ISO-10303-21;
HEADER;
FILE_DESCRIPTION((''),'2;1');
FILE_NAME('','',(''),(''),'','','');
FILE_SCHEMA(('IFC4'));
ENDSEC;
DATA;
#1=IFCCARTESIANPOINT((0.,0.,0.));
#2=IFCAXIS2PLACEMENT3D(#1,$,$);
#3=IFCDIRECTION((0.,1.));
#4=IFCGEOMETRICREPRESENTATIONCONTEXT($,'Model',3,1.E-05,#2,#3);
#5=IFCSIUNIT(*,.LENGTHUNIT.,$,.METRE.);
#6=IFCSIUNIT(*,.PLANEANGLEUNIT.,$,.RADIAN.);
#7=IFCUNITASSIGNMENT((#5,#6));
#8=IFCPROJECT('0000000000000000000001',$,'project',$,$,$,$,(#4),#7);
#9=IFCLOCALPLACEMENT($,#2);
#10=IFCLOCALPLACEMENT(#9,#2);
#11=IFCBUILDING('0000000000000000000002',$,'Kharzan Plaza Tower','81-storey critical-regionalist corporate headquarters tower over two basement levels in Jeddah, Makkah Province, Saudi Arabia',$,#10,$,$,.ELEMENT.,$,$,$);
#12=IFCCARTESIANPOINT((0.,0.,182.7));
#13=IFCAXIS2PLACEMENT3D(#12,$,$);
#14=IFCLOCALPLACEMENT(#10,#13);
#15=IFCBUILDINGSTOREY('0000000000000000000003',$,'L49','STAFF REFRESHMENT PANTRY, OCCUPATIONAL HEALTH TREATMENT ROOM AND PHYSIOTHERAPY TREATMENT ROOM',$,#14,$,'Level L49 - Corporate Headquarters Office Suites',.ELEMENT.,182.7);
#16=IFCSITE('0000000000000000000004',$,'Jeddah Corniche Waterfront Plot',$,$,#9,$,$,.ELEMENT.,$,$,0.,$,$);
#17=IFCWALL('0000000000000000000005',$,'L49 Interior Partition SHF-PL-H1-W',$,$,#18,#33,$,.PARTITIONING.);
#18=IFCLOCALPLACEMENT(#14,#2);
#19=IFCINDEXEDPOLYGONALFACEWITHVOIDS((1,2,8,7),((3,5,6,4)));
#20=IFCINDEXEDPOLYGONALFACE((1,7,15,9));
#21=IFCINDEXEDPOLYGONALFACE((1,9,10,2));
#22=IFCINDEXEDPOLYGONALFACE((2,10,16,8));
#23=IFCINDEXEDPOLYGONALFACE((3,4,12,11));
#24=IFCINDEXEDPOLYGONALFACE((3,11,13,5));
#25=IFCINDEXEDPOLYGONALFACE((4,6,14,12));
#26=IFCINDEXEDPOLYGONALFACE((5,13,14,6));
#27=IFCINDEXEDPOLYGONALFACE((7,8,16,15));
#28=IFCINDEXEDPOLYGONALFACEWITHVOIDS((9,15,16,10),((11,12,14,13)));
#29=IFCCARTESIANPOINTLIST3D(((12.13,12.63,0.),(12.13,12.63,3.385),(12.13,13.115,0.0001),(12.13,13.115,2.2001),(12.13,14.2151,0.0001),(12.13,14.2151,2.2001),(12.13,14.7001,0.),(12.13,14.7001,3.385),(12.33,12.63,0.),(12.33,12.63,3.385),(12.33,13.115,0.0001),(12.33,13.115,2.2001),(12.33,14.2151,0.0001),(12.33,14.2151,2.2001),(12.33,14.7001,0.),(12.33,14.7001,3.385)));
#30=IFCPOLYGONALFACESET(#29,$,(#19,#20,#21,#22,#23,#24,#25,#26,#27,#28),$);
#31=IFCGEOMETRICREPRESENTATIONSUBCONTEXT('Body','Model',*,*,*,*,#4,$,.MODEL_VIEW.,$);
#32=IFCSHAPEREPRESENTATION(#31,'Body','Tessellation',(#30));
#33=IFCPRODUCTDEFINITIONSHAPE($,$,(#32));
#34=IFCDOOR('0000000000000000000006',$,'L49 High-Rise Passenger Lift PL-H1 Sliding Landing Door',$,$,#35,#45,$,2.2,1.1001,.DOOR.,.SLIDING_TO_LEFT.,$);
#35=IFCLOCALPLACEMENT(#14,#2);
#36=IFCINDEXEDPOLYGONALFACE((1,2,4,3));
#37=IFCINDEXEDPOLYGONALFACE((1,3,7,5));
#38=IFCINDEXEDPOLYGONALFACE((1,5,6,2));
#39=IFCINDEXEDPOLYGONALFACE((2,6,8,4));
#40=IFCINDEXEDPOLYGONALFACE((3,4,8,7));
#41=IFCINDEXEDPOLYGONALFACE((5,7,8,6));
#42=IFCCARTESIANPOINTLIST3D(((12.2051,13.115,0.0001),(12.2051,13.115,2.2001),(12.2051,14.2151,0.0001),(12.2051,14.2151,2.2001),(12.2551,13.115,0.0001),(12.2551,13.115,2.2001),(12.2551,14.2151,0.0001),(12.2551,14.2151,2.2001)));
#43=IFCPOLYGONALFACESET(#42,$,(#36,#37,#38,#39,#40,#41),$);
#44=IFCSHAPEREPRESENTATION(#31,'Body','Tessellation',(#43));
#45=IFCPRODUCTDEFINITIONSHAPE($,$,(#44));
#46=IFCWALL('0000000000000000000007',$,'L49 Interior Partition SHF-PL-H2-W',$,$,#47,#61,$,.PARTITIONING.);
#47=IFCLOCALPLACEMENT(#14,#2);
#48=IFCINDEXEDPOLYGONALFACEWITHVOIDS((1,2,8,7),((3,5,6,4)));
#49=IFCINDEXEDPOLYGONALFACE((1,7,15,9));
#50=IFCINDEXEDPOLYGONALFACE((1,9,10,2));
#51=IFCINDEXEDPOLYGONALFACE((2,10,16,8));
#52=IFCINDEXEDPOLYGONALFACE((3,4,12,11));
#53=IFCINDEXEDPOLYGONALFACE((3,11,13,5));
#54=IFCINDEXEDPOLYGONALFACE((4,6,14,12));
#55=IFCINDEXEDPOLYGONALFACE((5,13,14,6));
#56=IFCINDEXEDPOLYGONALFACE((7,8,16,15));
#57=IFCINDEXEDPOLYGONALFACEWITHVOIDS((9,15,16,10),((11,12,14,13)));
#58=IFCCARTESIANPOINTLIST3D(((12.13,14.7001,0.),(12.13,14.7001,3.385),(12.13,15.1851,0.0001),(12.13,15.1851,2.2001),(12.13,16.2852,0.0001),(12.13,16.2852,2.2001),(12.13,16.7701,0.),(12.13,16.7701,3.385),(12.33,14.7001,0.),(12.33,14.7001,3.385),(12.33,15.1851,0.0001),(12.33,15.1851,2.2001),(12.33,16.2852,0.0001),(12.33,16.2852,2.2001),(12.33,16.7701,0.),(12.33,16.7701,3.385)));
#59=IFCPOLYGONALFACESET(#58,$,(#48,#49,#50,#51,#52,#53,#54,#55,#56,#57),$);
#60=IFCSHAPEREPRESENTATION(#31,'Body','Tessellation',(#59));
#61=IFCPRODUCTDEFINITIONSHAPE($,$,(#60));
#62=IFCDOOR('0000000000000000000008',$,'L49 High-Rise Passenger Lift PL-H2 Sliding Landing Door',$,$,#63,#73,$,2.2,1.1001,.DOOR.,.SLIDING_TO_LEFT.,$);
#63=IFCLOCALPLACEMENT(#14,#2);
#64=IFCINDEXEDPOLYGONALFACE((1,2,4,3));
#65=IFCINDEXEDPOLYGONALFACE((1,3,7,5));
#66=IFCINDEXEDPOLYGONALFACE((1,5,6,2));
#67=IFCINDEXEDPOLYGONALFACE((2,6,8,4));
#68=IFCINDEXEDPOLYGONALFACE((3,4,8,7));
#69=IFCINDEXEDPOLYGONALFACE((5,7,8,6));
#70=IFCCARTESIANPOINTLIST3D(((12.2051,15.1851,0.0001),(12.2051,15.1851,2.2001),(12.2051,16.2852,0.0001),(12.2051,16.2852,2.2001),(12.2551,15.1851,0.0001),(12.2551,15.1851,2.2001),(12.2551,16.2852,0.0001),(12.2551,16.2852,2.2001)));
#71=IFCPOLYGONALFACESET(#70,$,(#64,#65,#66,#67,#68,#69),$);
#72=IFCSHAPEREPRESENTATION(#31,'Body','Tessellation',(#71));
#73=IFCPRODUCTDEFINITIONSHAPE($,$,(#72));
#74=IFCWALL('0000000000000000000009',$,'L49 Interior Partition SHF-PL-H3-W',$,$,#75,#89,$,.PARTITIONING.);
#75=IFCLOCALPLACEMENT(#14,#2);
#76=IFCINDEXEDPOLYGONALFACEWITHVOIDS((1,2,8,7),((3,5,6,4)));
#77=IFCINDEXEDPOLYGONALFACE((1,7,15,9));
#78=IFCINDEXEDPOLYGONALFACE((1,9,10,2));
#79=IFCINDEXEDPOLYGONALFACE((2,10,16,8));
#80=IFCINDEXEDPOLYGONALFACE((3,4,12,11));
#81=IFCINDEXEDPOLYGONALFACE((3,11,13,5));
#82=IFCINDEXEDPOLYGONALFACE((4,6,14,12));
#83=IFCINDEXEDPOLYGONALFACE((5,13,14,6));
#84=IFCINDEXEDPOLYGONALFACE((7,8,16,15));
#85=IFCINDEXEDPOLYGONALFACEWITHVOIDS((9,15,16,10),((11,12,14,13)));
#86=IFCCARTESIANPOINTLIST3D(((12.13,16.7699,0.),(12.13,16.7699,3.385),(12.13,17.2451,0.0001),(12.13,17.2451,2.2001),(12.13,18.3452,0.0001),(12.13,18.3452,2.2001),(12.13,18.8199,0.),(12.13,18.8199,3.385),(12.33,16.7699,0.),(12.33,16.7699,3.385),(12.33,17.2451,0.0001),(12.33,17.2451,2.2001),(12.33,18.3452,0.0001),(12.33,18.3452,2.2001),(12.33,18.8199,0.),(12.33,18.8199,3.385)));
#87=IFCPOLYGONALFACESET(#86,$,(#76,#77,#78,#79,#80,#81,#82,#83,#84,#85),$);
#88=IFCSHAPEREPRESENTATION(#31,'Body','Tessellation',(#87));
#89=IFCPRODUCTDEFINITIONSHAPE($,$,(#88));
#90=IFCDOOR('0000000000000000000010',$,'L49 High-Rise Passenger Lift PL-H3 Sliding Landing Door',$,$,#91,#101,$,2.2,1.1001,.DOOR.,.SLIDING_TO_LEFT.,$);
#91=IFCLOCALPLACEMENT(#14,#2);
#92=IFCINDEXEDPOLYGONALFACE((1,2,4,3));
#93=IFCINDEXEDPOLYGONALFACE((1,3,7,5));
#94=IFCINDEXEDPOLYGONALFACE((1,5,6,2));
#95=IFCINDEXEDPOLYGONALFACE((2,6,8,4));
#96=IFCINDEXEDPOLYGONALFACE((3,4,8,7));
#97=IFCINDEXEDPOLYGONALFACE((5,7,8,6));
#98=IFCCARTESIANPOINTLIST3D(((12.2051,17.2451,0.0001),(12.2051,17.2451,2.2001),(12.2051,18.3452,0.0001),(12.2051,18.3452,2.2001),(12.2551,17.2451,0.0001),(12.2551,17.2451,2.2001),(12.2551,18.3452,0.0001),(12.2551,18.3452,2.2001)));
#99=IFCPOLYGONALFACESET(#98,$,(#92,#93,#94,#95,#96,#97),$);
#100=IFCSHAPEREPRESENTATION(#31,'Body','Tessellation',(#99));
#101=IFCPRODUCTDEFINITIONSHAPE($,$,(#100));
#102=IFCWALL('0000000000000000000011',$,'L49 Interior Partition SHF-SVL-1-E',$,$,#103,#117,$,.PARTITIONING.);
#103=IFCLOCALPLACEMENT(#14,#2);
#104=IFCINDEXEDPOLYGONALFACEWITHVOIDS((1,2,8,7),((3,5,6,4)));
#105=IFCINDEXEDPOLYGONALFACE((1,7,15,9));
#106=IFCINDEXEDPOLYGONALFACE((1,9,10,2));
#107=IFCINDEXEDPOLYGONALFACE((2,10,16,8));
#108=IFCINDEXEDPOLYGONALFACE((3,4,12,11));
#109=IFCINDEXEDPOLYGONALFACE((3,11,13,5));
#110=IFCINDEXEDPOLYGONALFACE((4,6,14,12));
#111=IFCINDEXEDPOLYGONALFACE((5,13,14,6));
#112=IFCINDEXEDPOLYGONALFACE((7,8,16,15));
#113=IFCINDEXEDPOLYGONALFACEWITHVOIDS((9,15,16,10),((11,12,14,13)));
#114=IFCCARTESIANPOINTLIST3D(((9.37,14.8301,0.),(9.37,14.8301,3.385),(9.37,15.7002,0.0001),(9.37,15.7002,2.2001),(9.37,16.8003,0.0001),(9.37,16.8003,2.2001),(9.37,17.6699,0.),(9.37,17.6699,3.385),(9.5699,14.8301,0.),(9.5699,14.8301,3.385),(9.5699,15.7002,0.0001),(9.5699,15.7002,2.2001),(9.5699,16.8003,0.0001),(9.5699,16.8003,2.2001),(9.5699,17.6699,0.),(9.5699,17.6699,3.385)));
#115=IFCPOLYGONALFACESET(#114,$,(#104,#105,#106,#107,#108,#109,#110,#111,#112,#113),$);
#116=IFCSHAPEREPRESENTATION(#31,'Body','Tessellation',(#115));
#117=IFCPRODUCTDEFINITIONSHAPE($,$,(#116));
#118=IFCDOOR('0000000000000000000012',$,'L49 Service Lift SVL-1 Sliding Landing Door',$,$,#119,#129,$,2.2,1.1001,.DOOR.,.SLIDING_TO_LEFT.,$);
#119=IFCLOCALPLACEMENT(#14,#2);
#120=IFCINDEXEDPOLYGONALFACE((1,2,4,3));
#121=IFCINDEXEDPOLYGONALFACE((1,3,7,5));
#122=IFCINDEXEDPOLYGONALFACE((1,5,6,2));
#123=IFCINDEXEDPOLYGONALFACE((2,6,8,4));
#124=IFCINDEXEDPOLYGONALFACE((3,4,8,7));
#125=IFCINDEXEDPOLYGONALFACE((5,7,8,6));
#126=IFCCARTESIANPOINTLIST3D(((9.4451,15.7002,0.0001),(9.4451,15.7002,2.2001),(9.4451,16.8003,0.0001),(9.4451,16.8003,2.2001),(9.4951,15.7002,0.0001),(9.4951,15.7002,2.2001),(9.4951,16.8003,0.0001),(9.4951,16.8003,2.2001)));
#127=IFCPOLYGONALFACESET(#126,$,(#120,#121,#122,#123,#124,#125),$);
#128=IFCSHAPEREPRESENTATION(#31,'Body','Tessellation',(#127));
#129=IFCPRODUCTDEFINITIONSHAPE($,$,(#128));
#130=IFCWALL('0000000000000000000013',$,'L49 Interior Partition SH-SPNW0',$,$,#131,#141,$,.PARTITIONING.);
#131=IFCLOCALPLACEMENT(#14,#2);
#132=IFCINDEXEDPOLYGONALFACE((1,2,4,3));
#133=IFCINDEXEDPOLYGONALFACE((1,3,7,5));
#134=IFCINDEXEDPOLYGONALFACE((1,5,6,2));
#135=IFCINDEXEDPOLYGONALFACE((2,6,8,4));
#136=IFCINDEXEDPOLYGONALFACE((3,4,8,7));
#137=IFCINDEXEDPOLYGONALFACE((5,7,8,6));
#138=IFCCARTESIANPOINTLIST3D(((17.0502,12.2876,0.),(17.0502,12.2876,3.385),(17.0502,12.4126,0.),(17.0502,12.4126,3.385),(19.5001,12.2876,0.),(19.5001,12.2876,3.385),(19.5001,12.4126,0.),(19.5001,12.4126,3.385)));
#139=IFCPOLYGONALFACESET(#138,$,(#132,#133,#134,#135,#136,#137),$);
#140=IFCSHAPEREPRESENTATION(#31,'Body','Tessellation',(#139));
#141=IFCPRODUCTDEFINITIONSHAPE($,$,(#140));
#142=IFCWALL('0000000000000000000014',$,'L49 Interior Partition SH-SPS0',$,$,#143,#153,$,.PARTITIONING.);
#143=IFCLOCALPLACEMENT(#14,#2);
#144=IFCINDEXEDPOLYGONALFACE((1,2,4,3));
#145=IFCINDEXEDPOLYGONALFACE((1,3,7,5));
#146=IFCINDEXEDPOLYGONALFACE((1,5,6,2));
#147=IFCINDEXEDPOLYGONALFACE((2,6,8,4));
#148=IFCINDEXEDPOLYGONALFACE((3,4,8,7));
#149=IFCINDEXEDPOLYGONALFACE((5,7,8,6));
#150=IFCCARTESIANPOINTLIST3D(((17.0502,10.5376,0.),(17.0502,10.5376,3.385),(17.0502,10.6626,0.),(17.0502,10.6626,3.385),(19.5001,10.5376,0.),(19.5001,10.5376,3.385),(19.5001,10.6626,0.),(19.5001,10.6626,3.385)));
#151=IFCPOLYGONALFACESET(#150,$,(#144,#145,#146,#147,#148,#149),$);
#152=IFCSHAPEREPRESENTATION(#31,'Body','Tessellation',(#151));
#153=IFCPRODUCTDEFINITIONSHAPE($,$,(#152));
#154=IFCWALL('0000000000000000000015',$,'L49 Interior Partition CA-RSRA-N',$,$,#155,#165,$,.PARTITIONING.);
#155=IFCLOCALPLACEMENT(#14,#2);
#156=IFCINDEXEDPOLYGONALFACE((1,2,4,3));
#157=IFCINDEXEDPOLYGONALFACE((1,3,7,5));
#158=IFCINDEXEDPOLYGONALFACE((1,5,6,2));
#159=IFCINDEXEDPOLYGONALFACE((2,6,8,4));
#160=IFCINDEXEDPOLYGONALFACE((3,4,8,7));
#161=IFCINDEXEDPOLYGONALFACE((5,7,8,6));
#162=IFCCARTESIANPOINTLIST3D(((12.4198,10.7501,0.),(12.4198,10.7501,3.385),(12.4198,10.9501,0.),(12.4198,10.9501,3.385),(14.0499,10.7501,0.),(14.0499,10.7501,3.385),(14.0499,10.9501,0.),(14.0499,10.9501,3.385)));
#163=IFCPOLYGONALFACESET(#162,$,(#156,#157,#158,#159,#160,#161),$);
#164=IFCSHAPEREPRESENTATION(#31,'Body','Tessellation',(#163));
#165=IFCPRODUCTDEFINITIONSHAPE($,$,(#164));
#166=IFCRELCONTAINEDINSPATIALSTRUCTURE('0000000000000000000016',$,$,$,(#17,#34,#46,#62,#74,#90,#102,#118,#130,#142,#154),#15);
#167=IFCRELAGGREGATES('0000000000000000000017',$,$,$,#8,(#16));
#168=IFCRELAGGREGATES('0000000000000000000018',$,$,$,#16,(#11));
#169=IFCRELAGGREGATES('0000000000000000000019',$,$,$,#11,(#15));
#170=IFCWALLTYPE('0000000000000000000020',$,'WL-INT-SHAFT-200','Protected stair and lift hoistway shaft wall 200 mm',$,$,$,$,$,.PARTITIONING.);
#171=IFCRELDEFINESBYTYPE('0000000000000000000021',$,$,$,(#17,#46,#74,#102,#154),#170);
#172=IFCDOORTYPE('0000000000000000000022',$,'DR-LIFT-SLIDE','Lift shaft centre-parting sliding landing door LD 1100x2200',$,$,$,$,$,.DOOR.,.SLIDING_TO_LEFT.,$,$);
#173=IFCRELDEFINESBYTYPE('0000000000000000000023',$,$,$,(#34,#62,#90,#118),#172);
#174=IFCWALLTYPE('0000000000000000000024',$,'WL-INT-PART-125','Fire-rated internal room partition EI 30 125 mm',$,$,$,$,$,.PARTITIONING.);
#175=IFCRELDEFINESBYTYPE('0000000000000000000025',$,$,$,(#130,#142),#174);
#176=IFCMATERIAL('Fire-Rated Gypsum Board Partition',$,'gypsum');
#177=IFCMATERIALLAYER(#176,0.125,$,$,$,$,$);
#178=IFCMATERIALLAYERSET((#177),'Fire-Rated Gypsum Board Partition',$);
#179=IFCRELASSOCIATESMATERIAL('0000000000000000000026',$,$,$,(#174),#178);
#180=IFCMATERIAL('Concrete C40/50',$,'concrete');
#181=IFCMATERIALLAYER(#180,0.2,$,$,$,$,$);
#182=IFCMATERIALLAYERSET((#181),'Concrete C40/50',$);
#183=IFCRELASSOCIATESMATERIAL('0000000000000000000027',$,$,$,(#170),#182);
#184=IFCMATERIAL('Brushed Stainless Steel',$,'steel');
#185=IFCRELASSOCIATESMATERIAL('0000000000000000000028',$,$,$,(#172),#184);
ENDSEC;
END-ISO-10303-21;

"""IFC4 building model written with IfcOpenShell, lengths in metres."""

from ifc_helpers import new_model, si_unit, direction, frame, frame_2d, origin, place, context, subcontext, project, spatial, rectangle, extrude, source, transform, mapped, material, layer, layer_set, type_object, element, fill, save


model = new_model("IFC4")

# Units and contexts
model_context = context("Model", 3, precision=1e-05, world=origin(), true_north=direction((0.0, 1.0)))
body_context = subcontext(model_context, "Body", "Model", "MODEL_VIEW")
ifc_project = project(units=[si_unit("LENGTHUNIT", "METRE"), si_unit("PLANEANGLEUNIT", "RADIAN")], contexts=[model_context])

# Site, building, storey
site_placement = place(None, origin())
site = spatial("IfcSite", under=ifc_project, at=site_placement, Name="Jeddah Corniche Waterfront Plot", CompositionType="ELEMENT", RefElevation=0.0)
building_placement = place(site_placement, origin())
building = spatial("IfcBuilding", under=site, at=building_placement, Name="Kharzan Plaza Tower", Description="81-storey critical-regionalist corporate headquarters tower over two basement levels in Jeddah, Makkah Province, Saudi Arabia", CompositionType="ELEMENT")
storey_placement = place(building_placement, frame((0.0, 0.0, 182.7)))
storey = spatial("IfcBuildingStorey", under=building, at=storey_placement, Name="L49", Description="STAFF REFRESHMENT PANTRY, OCCUPATIONAL HEALTH TREATMENT ROOM AND PHYSIOTHERAPY TREATMENT ROOM", LongName="Level L49 - Corporate Headquarters Office Suites", CompositionType="ELEMENT", Elevation=182.7)

# Walls, openings, doors
ifc_material_1 = material(Name="Fire-Rated Gypsum Board Partition", Category="gypsum")
ifc_layer_1 = layer(ifc_material_1, 0.125)
ifc_layer_set_1 = layer_set([ifc_layer_1], Name="Fire-Rated Gypsum Board Partition")
wall_type_1 = type_object("IfcWallType", Name="WL-INT-PART-125", Description="Fire-rated internal room partition EI 30 125 mm", PredefinedType="PARTITIONING", material=ifc_layer_set_1)
ifc_material_2 = material(Name="Concrete C40/50", Category="concrete")
ifc_layer_2 = layer(ifc_material_2, 0.2)
ifc_layer_set_2 = layer_set([ifc_layer_2], Name="Concrete C40/50")
wall_type_2 = type_object("IfcWallType", Name="WL-INT-SHAFT-200", Description="Protected stair and lift hoistway shaft wall 200 mm", PredefinedType="PARTITIONING", material=ifc_layer_set_2)
wall_1_placement = place(storey_placement, frame((12.23, 12.6299, 0.0), z_axis=(0.0, 0.0, 1.0), x_axis=(0.0, 1.0, 0.0)))
wall_1 = element("IfcWall", 1, at=wall_1_placement, inside=storey, type_object=wall_type_2, Name="L49 Interior Partition SHF-PL-H1-W", PredefinedType="PARTITIONING", context=body_context, shape_type="SweptSolid", body=[
    extrude(rectangle(XDim=2.0701, YDim=0.2, at=frame_2d((1.0352, 0.0))), origin(), (0.0, 0.0, 1.0), 3.385),
])
opening_1_placement = place(wall_1_placement, frame((0.4851, 0.0, 0.0)))
opening_1 = element("IfcOpeningElement", 2, at=opening_1_placement, cuts=wall_1, PredefinedType="OPENING", context=body_context, shape_type="SweptSolid", body=[
    extrude(rectangle(XDim=1.1001, YDim=2.2, at=frame_2d((0.55, 1.1001))), frame((0.0, 0.1099, 0.0), z_axis=(0.0, -1.0, 0.0), x_axis=(1.0, 0.0, 0.0)), (0.0, 0.0, 1.0), 0.22),
])
ifc_material_3 = material(Name="Brushed Stainless Steel", Category="steel")
door_type_1 = type_object("IfcDoorType", Name="DR-LIFT-SLIDE", Description="Lift shaft centre-parting sliding landing door LD 1100x2200", OperationType="SLIDING_TO_LEFT", PredefinedType="DOOR", material=ifc_material_3)
shared_shape_1 = source(origin(), body_context, "Body", "SweptSolid", [
    extrude(rectangle(XDim=1.1001, YDim=2.2, at=frame_2d((0.55, 1.1001))), frame((0.0, 0.0249, 0.0), z_axis=(0.0, -1.0, 0.0), x_axis=(1.0, 0.0, 0.0)), (0.0, 0.0, 1.0), 0.05),
])
door_1_placement = place(opening_1_placement, origin())
door_1 = element("IfcDoor", 3, at=door_1_placement, inside=storey, type_object=door_type_1, Name="L49 High-Rise Passenger Lift PL-H1 Sliding Landing Door", OperationType="SLIDING_TO_LEFT", OverallHeight=2.2, OverallWidth=1.1001, PredefinedType="DOOR", context=body_context, shape_type="MappedRepresentation", body=[
    mapped(shared_shape_1, transform((0.0, 0.0, 0.0), x_axis=(1.0, 0.0, 0.0), y_axis=(0.0, 1.0, 0.0), z_axis=(0.0, 0.0, 1.0))),
])
fill(opening_1, door_1)
wall_2_placement = place(storey_placement, frame((12.23, 14.7, 0.0), z_axis=(0.0, 0.0, 1.0), x_axis=(0.0, 1.0, 0.0)))
wall_2 = element("IfcWall", 4, at=wall_2_placement, inside=storey, type_object=wall_type_2, Name="L49 Interior Partition SHF-PL-H2-W", PredefinedType="PARTITIONING", context=body_context, shape_type="SweptSolid", body=[
    extrude(rectangle(XDim=2.0701, YDim=0.2, at=frame_2d((1.0352, 0.0))), origin(), (0.0, 0.0, 1.0), 3.385),
])
opening_2_placement = place(wall_2_placement, frame((0.4851, 0.0, 0.0)))
opening_2 = element("IfcOpeningElement", 5, at=opening_2_placement, cuts=wall_2, PredefinedType="OPENING", context=body_context, shape_type="SweptSolid", body=[
    extrude(rectangle(XDim=1.1001, YDim=2.2, at=frame_2d((0.55, 1.1001))), frame((0.0, 0.1099, 0.0), z_axis=(0.0, -1.0, 0.0), x_axis=(1.0, 0.0, 0.0)), (0.0, 0.0, 1.0), 0.22),
])
door_2_placement = place(opening_2_placement, origin())
door_2 = element("IfcDoor", 6, at=door_2_placement, inside=storey, type_object=door_type_1, Name="L49 High-Rise Passenger Lift PL-H2 Sliding Landing Door", OperationType="SLIDING_TO_LEFT", OverallHeight=2.2, OverallWidth=1.1001, PredefinedType="DOOR", context=body_context, shape_type="MappedRepresentation", body=[
    mapped(shared_shape_1, transform((0.0, 0.0, 0.0), x_axis=(1.0, 0.0, 0.0), y_axis=(0.0, 1.0, 0.0), z_axis=(0.0, 0.0, 1.0))),
])
fill(opening_2, door_2)
wall_3_placement = place(storey_placement, frame((12.23, 16.77, 0.0), z_axis=(0.0, 0.0, 1.0), x_axis=(0.0, 1.0, 0.0)))
wall_3 = element("IfcWall", 7, at=wall_3_placement, inside=storey, type_object=wall_type_2, Name="L49 Interior Partition SHF-PL-H3-W", PredefinedType="PARTITIONING", context=body_context, shape_type="SweptSolid", body=[
    extrude(rectangle(XDim=2.05, YDim=0.2, at=frame_2d((1.0249, 0.0))), origin(), (0.0, 0.0, 1.0), 3.385),
])
opening_3_placement = place(wall_3_placement, frame((0.4751, 0.0, 0.0)))
opening_3 = element("IfcOpeningElement", 8, at=opening_3_placement, cuts=wall_3, PredefinedType="OPENING", context=body_context, shape_type="SweptSolid", body=[
    extrude(rectangle(XDim=1.1001, YDim=2.2, at=frame_2d((0.55, 1.1001))), frame((0.0, 0.1099, 0.0), z_axis=(0.0, -1.0, 0.0), x_axis=(1.0, 0.0, 0.0)), (0.0, 0.0, 1.0), 0.22),
])
door_3_placement = place(opening_3_placement, origin())
door_3 = element("IfcDoor", 9, at=door_3_placement, inside=storey, type_object=door_type_1, Name="L49 High-Rise Passenger Lift PL-H3 Sliding Landing Door", OperationType="SLIDING_TO_LEFT", OverallHeight=2.2, OverallWidth=1.1001, PredefinedType="DOOR", context=body_context, shape_type="MappedRepresentation", body=[
    mapped(shared_shape_1, transform((0.0, 0.0, 0.0), x_axis=(1.0, 0.0, 0.0), y_axis=(0.0, 1.0, 0.0), z_axis=(0.0, 0.0, 1.0))),
])
fill(opening_3, door_3)
wall_4_placement = place(storey_placement, frame((9.47, 14.8301, 0.0), z_axis=(0.0, 0.0, 1.0), x_axis=(0.0, 1.0, 0.0)))
wall_4 = element("IfcWall", 10, at=wall_4_placement, inside=storey, type_object=wall_type_2, Name="L49 Interior Partition SHF-SVL-1-E", PredefinedType="PARTITIONING", context=body_context, shape_type="SweptSolid", body=[
    extrude(rectangle(XDim=2.8398, YDim=0.2, at=frame_2d((1.4199, 0.0))), origin(), (0.0, 0.0, 1.0), 3.385),
])
opening_4_placement = place(wall_4_placement, frame((0.8701, 0.0, 0.0)))
opening_4 = element("IfcOpeningElement", 11, at=opening_4_placement, cuts=wall_4, PredefinedType="OPENING", context=body_context, shape_type="SweptSolid", body=[
    extrude(rectangle(XDim=1.1001, YDim=2.2, at=frame_2d((0.55, 1.1001))), frame((0.0, 0.1099, 0.0), z_axis=(0.0, -1.0, 0.0), x_axis=(1.0, 0.0, 0.0)), (0.0, 0.0, 1.0), 0.22),
])
door_4_placement = place(opening_4_placement, origin())
door_4 = element("IfcDoor", 12, at=door_4_placement, inside=storey, type_object=door_type_1, Name="L49 Service Lift SVL-1 Sliding Landing Door", OperationType="SLIDING_TO_LEFT", OverallHeight=2.2, OverallWidth=1.1001, PredefinedType="DOOR", context=body_context, shape_type="MappedRepresentation", body=[
    mapped(shared_shape_1, transform((0.0, 0.0, 0.0), x_axis=(1.0, 0.0, 0.0), y_axis=(0.0, 1.0, 0.0), z_axis=(0.0, 0.0, 1.0))),
])
fill(opening_4, door_4)

# Walls
shared_shape_2 = source(origin(), body_context, "Body", "SweptSolid", [
    extrude(rectangle(XDim=2.45, YDim=0.125, at=frame_2d((1.2251, 0.0))), origin(), (0.0, 0.0, 1.0), 3.385),
])
for number, where, z_axis, x_axis, name in (
    (13, (17.05, 12.3501, 0.0), (0.0, 0.0, 1.0), (1.0, 0.0, 0.0), "L49 Interior Partition SH-SPNW0"),
    (14, (17.05, 10.6001, 0.0), (0.0, 0.0, 1.0), (1.0, 0.0, 0.0), "L49 Interior Partition SH-SPS0"),
):
    element("IfcWall", number, at=place(storey_placement, frame(where, z_axis=z_axis, x_axis=x_axis)), inside=storey, type_object=wall_type_1, Name=name, PredefinedType="PARTITIONING", context=body_context, shape_type="MappedRepresentation", body=[
        mapped(shared_shape_2, transform((0.0, 0.0, 0.0), x_axis=(1.0, 0.0, 0.0), y_axis=(0.0, 1.0, 0.0), z_axis=(0.0, 0.0, 1.0))),
    ])
shared_shape_3 = source(origin(), body_context, "Body", "SweptSolid", [
    extrude(rectangle(XDim=1.6301, YDim=0.2, at=frame_2d((0.8149, 0.0))), origin(), (0.0, 0.0, 1.0), 3.385),
])
wall_5_placement = place(storey_placement, frame((12.4199, 10.8501, 0.0), z_axis=(0.0, 0.0, 1.0), x_axis=(1.0, 0.0, 0.0)))
element("IfcWall", 15, at=wall_5_placement, inside=storey, type_object=wall_type_2, Name="L49 Interior Partition CA-RSRA-N", PredefinedType="PARTITIONING", context=body_context, shape_type="MappedRepresentation", body=[
    mapped(shared_shape_3, transform((0.0, 0.0, 0.0), x_axis=(1.0, 0.0, 0.0), y_axis=(0.0, 1.0, 0.0), z_axis=(0.0, 0.0, 1.0))),
])

save(model, "model.ifc")
